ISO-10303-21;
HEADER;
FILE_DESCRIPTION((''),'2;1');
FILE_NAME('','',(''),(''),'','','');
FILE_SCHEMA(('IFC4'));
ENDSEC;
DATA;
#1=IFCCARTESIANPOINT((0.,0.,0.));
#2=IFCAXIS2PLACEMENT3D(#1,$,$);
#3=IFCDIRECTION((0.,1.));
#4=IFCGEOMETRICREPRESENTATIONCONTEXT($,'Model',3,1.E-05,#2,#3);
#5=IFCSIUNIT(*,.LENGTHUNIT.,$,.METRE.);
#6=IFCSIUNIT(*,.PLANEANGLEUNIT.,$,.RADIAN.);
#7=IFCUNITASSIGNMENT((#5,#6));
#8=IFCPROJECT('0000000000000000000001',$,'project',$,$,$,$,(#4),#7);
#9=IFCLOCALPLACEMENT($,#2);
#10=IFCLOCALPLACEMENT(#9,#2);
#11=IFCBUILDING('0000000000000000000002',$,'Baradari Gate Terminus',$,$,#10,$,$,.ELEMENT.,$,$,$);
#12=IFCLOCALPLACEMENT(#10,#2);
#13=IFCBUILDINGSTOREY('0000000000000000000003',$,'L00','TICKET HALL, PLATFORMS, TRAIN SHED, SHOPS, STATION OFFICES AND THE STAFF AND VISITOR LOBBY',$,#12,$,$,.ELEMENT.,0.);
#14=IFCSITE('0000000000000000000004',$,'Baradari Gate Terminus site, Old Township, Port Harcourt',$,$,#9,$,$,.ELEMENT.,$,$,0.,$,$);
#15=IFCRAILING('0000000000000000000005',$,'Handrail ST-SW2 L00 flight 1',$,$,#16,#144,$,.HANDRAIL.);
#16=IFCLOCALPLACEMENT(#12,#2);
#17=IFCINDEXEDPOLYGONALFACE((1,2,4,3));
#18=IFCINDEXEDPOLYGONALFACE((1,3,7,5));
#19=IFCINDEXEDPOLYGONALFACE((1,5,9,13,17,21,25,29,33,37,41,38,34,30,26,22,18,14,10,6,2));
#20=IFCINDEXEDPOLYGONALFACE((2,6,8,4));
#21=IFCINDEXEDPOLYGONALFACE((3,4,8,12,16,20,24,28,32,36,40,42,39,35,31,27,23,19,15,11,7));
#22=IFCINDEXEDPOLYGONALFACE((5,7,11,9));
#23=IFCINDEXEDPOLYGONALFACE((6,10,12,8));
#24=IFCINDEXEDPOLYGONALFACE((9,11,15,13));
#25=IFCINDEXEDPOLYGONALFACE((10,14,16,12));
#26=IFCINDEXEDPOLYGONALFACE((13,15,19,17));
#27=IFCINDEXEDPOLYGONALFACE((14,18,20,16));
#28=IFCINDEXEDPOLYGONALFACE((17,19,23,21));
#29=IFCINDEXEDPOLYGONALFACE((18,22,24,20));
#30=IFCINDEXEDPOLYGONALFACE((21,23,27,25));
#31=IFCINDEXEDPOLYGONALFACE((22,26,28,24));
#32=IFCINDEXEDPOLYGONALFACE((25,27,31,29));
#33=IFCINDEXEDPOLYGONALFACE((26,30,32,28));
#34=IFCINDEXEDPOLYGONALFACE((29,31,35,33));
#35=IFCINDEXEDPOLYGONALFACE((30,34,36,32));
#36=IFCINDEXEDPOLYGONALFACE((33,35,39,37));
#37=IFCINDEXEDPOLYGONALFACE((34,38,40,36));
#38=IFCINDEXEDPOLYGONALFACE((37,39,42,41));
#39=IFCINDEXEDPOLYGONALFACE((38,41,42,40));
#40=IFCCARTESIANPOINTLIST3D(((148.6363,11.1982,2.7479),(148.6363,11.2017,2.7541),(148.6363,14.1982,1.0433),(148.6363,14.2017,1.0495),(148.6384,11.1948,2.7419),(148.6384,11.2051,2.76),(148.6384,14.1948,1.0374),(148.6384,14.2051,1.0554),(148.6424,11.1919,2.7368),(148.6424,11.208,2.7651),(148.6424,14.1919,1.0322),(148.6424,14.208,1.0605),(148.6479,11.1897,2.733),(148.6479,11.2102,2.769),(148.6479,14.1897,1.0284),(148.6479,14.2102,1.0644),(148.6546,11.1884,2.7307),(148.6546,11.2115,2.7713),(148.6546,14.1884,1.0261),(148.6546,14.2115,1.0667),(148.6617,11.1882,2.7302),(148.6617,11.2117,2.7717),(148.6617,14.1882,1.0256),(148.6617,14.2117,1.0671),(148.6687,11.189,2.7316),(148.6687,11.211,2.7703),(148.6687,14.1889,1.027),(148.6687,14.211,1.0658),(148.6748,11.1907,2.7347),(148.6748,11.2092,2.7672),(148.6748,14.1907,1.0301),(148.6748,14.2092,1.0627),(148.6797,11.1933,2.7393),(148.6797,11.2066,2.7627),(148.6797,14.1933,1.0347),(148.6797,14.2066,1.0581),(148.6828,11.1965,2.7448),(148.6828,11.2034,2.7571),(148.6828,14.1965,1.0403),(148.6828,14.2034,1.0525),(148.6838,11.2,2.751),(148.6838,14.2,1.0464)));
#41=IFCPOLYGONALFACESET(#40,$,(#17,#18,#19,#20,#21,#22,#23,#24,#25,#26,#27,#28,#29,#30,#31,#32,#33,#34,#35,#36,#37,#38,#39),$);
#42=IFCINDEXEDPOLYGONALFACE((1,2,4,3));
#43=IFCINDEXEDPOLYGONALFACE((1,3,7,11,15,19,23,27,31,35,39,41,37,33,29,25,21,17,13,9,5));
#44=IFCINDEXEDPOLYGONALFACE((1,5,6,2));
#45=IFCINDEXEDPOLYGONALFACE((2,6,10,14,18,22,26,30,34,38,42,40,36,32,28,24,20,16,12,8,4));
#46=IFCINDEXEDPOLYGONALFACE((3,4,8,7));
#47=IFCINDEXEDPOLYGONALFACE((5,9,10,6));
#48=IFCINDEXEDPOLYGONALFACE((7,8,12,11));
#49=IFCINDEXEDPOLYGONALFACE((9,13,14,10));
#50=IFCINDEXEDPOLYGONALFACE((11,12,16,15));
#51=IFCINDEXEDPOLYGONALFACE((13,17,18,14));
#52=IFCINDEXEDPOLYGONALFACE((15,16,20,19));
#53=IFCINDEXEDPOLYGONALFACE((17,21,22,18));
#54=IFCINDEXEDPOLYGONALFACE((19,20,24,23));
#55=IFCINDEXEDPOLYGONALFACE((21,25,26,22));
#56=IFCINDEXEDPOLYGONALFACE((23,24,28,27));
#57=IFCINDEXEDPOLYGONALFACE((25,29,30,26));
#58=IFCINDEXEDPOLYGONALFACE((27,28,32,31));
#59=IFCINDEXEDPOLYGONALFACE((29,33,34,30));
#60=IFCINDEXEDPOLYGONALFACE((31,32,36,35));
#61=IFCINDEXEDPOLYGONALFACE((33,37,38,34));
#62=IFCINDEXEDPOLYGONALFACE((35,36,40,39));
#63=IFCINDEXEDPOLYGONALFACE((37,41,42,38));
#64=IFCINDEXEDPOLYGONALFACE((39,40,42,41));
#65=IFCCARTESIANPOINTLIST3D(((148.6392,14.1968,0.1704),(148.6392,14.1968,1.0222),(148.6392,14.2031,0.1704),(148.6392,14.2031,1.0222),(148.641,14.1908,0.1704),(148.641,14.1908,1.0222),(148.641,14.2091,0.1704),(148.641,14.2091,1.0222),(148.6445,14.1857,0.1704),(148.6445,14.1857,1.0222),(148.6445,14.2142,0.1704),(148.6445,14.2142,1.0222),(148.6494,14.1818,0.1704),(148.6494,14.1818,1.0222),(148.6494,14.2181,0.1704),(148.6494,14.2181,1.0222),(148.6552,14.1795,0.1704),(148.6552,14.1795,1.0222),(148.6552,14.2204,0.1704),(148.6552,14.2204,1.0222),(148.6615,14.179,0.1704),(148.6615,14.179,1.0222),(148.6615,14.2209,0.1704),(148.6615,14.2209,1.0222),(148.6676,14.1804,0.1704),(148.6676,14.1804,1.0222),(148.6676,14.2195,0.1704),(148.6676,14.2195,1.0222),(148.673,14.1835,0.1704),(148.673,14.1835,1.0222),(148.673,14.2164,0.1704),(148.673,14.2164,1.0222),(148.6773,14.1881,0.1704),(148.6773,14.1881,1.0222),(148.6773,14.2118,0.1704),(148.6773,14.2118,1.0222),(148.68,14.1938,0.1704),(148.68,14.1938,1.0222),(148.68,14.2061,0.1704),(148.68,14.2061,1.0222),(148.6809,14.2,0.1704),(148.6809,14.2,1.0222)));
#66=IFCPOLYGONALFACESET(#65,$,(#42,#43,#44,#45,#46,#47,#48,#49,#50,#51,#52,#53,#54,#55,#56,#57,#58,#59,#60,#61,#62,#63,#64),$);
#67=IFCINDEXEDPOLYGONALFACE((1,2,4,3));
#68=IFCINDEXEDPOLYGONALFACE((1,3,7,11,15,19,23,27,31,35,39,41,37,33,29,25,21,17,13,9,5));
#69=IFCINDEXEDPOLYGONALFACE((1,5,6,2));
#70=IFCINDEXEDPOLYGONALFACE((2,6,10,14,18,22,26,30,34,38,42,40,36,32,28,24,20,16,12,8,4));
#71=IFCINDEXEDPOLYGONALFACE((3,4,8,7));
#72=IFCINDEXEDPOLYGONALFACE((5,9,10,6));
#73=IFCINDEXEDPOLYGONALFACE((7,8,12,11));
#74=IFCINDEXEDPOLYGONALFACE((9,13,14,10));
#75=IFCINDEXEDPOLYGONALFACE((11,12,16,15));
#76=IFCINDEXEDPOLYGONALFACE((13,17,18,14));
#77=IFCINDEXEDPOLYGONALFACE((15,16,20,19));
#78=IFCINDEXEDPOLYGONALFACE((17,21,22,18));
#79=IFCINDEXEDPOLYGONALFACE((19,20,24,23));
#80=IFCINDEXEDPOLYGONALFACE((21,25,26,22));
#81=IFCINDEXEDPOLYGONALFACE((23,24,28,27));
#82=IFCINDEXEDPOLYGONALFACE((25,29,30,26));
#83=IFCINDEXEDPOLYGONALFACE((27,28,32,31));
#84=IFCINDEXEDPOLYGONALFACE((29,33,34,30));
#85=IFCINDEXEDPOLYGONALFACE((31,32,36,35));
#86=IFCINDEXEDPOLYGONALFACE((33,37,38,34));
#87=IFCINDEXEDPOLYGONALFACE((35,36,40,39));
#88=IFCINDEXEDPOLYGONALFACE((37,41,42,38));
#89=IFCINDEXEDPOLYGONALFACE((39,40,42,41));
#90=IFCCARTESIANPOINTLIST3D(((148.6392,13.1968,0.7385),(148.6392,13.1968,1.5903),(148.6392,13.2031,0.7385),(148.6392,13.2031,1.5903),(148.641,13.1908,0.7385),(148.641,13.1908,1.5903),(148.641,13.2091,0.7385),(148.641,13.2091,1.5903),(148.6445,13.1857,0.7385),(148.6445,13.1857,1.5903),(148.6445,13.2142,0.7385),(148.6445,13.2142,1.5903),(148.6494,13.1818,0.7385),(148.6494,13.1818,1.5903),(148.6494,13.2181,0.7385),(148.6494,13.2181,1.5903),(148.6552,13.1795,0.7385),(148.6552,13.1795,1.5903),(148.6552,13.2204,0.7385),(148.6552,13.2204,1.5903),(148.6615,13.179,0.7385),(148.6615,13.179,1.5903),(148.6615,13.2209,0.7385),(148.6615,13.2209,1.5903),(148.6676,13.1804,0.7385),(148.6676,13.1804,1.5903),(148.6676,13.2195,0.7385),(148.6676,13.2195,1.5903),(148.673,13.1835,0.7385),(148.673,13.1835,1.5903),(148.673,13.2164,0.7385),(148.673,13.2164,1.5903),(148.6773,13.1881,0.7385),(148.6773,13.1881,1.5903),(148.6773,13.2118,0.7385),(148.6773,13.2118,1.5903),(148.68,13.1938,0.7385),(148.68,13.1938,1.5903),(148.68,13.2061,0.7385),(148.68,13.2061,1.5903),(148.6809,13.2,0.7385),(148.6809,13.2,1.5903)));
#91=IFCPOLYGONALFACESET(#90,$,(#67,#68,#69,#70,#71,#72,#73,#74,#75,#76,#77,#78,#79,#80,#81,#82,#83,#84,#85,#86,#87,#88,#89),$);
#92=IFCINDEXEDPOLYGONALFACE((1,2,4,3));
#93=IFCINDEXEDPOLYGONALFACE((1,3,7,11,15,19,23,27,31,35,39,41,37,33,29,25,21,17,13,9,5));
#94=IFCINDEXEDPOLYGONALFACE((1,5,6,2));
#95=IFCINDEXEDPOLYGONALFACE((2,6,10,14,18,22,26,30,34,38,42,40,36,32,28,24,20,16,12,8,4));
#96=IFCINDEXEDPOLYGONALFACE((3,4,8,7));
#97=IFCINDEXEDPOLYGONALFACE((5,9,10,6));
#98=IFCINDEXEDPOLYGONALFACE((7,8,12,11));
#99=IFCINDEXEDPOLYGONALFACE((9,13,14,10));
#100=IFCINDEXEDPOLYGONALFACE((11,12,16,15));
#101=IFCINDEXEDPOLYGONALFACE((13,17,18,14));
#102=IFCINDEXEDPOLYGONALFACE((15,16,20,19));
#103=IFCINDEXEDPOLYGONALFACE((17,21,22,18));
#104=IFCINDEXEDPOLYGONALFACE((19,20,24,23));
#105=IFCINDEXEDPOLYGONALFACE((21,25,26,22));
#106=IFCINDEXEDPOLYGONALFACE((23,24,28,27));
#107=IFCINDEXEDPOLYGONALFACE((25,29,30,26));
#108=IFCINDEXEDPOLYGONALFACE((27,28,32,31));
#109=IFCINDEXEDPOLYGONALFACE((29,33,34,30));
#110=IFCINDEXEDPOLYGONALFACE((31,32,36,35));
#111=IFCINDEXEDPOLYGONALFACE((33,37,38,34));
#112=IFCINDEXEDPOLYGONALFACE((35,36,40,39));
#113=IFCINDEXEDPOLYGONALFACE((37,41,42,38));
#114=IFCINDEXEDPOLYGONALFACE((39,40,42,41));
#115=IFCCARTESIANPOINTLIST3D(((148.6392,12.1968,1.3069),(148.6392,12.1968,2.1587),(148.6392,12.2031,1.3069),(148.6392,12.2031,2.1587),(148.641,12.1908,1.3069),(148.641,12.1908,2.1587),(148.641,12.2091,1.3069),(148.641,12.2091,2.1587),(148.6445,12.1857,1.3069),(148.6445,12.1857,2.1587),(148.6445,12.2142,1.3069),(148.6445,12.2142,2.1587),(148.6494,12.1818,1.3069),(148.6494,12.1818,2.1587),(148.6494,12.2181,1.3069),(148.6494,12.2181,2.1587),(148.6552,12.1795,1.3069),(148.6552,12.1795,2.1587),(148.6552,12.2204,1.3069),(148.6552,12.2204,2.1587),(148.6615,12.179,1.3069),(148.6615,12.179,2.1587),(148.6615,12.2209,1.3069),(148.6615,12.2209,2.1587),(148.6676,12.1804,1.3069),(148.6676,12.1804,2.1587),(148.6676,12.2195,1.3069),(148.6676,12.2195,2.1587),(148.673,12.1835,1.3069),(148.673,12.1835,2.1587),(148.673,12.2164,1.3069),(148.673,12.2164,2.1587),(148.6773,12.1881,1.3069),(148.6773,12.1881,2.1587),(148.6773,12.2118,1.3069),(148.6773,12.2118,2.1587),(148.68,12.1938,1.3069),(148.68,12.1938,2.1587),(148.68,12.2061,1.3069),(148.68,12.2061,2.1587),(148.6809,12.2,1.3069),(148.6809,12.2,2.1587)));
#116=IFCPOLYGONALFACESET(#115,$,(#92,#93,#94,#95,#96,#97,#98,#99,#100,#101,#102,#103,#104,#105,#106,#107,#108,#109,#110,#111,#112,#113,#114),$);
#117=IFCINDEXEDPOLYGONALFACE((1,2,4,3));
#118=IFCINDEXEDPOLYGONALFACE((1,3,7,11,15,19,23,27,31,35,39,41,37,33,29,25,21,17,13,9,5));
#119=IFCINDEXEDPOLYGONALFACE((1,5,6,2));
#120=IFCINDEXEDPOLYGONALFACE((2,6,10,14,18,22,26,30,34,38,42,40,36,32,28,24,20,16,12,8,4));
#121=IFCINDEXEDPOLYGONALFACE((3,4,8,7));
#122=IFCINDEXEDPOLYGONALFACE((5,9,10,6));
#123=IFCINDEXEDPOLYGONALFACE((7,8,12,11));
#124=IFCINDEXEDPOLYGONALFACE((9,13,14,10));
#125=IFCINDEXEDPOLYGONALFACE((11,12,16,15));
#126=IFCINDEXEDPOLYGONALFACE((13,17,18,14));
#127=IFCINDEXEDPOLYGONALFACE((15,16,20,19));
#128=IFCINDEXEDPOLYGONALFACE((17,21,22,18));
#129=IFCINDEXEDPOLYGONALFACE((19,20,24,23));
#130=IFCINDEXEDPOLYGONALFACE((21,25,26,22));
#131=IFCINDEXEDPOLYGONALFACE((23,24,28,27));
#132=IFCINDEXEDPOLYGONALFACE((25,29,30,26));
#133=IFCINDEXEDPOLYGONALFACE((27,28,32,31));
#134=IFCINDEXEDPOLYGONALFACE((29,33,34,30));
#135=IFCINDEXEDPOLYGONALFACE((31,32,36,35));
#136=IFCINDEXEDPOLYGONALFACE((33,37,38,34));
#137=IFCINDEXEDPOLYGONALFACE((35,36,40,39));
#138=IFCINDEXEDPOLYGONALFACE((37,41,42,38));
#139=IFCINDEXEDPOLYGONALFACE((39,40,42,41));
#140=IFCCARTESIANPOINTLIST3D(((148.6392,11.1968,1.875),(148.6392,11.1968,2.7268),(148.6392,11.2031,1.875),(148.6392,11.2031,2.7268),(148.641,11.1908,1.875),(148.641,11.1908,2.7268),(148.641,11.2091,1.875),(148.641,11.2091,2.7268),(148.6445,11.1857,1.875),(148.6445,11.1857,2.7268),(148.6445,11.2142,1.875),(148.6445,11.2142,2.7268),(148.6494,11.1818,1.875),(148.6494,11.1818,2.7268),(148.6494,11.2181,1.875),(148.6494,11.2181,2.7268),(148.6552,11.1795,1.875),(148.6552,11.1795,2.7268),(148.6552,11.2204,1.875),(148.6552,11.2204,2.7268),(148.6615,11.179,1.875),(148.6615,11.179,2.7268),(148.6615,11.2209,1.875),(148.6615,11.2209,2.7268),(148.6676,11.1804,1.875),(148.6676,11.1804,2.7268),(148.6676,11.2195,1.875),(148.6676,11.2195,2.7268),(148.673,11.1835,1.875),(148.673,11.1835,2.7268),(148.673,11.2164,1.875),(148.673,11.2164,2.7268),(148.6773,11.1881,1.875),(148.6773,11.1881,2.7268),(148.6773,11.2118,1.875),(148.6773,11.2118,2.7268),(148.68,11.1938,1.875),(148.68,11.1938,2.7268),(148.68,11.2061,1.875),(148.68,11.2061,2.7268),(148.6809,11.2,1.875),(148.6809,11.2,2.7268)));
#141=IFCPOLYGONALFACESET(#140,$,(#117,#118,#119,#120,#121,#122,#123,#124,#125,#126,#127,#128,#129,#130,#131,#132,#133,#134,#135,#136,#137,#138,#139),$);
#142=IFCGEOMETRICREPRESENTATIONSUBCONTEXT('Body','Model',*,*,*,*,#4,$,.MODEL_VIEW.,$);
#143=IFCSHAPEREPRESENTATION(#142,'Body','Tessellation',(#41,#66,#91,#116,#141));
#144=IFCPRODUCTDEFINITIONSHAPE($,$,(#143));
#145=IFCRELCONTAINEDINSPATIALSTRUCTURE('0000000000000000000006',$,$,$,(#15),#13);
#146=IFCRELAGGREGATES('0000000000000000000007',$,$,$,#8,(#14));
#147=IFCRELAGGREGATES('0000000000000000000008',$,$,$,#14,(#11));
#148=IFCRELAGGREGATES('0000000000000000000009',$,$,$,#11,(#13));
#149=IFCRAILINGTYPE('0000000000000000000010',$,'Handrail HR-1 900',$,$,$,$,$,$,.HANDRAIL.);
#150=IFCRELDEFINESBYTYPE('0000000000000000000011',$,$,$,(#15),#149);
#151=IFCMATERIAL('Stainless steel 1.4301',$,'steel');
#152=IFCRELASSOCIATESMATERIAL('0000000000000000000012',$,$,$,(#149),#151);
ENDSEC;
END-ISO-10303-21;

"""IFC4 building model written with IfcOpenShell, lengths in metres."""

from ifc_helpers import new_model, si_unit, direction, frame, origin, origin_2d, place, context, subcontext, project, spatial, circle, extrude, material, type_object, element, save


model = new_model("IFC4")

# Units and contexts
model_context = context("Model", 3, precision=1e-05, world=origin(), true_north=direction((0.0, 1.0)))
body_context = subcontext(model_context, "Body", "Model", "MODEL_VIEW")
ifc_project = project(units=[si_unit("LENGTHUNIT", "METRE"), si_unit("PLANEANGLEUNIT", "RADIAN")], contexts=[model_context])

# Site, building, storey
site_placement = place(None, origin())
site = spatial("IfcSite", under=ifc_project, at=site_placement, Name="Baradari Gate Terminus site, Old Township, Port Harcourt", CompositionType="ELEMENT", RefElevation=0.0)
building_placement = place(site_placement, origin())
building = spatial("IfcBuilding", under=site, at=building_placement, Name="Baradari Gate Terminus", CompositionType="ELEMENT")
storey_placement = place(building_placement, origin())
storey = spatial("IfcBuildingStorey", under=building, at=storey_placement, Name="L00", Description="TICKET HALL, PLATFORMS, TRAIN SHED, SHOPS, STATION OFFICES AND THE STAFF AND VISITOR LOBBY", CompositionType="ELEMENT", Elevation=0.0)

# Railing
ifc_material_1 = material(Name="Stainless steel 1.4301", Category="steel")
railing_type_1 = type_object("IfcRailingType", Name="Handrail HR-1 900", PredefinedType="HANDRAIL", material=ifc_material_1)
for number, where, name in (
    (1, (148.6599, 14.2, 0.1704), "Handrail ST-SW2 L00 flight 1"),
):
    element("IfcRailing", number, at=place(storey_placement, frame(where)), inside=storey, type_object=railing_type_1, Name=name, PredefinedType="HANDRAIL", context=body_context, shape_type="SweptSolid", body=[
        extrude(circle(Radius=0.0239, at=origin_2d()), frame((0.0, 0.0, 0.876), z_axis=(0.0, -0.869451, 0.494019), x_axis=(1.0, 0.0, 0.0)), (0.0, 0.0, 1.0), 3.4504),
        extrude(circle(Radius=0.021, at=origin_2d()), origin(), (0.0, 0.0, 1.0), 0.8518),
        extrude(circle(Radius=0.021, at=origin_2d()), frame((0.0, -1.0, 0.5681)), (0.0, 0.0, 1.0), 0.8518),
        extrude(circle(Radius=0.021, at=origin_2d()), frame((0.0, -2.0, 1.1365)), (0.0, 0.0, 1.0), 0.8518),
        extrude(circle(Radius=0.021, at=origin_2d()), frame((0.0, -3.0, 1.7046)), (0.0, 0.0, 1.0), 0.8518),
    ])

save(model, "model.ifc")
